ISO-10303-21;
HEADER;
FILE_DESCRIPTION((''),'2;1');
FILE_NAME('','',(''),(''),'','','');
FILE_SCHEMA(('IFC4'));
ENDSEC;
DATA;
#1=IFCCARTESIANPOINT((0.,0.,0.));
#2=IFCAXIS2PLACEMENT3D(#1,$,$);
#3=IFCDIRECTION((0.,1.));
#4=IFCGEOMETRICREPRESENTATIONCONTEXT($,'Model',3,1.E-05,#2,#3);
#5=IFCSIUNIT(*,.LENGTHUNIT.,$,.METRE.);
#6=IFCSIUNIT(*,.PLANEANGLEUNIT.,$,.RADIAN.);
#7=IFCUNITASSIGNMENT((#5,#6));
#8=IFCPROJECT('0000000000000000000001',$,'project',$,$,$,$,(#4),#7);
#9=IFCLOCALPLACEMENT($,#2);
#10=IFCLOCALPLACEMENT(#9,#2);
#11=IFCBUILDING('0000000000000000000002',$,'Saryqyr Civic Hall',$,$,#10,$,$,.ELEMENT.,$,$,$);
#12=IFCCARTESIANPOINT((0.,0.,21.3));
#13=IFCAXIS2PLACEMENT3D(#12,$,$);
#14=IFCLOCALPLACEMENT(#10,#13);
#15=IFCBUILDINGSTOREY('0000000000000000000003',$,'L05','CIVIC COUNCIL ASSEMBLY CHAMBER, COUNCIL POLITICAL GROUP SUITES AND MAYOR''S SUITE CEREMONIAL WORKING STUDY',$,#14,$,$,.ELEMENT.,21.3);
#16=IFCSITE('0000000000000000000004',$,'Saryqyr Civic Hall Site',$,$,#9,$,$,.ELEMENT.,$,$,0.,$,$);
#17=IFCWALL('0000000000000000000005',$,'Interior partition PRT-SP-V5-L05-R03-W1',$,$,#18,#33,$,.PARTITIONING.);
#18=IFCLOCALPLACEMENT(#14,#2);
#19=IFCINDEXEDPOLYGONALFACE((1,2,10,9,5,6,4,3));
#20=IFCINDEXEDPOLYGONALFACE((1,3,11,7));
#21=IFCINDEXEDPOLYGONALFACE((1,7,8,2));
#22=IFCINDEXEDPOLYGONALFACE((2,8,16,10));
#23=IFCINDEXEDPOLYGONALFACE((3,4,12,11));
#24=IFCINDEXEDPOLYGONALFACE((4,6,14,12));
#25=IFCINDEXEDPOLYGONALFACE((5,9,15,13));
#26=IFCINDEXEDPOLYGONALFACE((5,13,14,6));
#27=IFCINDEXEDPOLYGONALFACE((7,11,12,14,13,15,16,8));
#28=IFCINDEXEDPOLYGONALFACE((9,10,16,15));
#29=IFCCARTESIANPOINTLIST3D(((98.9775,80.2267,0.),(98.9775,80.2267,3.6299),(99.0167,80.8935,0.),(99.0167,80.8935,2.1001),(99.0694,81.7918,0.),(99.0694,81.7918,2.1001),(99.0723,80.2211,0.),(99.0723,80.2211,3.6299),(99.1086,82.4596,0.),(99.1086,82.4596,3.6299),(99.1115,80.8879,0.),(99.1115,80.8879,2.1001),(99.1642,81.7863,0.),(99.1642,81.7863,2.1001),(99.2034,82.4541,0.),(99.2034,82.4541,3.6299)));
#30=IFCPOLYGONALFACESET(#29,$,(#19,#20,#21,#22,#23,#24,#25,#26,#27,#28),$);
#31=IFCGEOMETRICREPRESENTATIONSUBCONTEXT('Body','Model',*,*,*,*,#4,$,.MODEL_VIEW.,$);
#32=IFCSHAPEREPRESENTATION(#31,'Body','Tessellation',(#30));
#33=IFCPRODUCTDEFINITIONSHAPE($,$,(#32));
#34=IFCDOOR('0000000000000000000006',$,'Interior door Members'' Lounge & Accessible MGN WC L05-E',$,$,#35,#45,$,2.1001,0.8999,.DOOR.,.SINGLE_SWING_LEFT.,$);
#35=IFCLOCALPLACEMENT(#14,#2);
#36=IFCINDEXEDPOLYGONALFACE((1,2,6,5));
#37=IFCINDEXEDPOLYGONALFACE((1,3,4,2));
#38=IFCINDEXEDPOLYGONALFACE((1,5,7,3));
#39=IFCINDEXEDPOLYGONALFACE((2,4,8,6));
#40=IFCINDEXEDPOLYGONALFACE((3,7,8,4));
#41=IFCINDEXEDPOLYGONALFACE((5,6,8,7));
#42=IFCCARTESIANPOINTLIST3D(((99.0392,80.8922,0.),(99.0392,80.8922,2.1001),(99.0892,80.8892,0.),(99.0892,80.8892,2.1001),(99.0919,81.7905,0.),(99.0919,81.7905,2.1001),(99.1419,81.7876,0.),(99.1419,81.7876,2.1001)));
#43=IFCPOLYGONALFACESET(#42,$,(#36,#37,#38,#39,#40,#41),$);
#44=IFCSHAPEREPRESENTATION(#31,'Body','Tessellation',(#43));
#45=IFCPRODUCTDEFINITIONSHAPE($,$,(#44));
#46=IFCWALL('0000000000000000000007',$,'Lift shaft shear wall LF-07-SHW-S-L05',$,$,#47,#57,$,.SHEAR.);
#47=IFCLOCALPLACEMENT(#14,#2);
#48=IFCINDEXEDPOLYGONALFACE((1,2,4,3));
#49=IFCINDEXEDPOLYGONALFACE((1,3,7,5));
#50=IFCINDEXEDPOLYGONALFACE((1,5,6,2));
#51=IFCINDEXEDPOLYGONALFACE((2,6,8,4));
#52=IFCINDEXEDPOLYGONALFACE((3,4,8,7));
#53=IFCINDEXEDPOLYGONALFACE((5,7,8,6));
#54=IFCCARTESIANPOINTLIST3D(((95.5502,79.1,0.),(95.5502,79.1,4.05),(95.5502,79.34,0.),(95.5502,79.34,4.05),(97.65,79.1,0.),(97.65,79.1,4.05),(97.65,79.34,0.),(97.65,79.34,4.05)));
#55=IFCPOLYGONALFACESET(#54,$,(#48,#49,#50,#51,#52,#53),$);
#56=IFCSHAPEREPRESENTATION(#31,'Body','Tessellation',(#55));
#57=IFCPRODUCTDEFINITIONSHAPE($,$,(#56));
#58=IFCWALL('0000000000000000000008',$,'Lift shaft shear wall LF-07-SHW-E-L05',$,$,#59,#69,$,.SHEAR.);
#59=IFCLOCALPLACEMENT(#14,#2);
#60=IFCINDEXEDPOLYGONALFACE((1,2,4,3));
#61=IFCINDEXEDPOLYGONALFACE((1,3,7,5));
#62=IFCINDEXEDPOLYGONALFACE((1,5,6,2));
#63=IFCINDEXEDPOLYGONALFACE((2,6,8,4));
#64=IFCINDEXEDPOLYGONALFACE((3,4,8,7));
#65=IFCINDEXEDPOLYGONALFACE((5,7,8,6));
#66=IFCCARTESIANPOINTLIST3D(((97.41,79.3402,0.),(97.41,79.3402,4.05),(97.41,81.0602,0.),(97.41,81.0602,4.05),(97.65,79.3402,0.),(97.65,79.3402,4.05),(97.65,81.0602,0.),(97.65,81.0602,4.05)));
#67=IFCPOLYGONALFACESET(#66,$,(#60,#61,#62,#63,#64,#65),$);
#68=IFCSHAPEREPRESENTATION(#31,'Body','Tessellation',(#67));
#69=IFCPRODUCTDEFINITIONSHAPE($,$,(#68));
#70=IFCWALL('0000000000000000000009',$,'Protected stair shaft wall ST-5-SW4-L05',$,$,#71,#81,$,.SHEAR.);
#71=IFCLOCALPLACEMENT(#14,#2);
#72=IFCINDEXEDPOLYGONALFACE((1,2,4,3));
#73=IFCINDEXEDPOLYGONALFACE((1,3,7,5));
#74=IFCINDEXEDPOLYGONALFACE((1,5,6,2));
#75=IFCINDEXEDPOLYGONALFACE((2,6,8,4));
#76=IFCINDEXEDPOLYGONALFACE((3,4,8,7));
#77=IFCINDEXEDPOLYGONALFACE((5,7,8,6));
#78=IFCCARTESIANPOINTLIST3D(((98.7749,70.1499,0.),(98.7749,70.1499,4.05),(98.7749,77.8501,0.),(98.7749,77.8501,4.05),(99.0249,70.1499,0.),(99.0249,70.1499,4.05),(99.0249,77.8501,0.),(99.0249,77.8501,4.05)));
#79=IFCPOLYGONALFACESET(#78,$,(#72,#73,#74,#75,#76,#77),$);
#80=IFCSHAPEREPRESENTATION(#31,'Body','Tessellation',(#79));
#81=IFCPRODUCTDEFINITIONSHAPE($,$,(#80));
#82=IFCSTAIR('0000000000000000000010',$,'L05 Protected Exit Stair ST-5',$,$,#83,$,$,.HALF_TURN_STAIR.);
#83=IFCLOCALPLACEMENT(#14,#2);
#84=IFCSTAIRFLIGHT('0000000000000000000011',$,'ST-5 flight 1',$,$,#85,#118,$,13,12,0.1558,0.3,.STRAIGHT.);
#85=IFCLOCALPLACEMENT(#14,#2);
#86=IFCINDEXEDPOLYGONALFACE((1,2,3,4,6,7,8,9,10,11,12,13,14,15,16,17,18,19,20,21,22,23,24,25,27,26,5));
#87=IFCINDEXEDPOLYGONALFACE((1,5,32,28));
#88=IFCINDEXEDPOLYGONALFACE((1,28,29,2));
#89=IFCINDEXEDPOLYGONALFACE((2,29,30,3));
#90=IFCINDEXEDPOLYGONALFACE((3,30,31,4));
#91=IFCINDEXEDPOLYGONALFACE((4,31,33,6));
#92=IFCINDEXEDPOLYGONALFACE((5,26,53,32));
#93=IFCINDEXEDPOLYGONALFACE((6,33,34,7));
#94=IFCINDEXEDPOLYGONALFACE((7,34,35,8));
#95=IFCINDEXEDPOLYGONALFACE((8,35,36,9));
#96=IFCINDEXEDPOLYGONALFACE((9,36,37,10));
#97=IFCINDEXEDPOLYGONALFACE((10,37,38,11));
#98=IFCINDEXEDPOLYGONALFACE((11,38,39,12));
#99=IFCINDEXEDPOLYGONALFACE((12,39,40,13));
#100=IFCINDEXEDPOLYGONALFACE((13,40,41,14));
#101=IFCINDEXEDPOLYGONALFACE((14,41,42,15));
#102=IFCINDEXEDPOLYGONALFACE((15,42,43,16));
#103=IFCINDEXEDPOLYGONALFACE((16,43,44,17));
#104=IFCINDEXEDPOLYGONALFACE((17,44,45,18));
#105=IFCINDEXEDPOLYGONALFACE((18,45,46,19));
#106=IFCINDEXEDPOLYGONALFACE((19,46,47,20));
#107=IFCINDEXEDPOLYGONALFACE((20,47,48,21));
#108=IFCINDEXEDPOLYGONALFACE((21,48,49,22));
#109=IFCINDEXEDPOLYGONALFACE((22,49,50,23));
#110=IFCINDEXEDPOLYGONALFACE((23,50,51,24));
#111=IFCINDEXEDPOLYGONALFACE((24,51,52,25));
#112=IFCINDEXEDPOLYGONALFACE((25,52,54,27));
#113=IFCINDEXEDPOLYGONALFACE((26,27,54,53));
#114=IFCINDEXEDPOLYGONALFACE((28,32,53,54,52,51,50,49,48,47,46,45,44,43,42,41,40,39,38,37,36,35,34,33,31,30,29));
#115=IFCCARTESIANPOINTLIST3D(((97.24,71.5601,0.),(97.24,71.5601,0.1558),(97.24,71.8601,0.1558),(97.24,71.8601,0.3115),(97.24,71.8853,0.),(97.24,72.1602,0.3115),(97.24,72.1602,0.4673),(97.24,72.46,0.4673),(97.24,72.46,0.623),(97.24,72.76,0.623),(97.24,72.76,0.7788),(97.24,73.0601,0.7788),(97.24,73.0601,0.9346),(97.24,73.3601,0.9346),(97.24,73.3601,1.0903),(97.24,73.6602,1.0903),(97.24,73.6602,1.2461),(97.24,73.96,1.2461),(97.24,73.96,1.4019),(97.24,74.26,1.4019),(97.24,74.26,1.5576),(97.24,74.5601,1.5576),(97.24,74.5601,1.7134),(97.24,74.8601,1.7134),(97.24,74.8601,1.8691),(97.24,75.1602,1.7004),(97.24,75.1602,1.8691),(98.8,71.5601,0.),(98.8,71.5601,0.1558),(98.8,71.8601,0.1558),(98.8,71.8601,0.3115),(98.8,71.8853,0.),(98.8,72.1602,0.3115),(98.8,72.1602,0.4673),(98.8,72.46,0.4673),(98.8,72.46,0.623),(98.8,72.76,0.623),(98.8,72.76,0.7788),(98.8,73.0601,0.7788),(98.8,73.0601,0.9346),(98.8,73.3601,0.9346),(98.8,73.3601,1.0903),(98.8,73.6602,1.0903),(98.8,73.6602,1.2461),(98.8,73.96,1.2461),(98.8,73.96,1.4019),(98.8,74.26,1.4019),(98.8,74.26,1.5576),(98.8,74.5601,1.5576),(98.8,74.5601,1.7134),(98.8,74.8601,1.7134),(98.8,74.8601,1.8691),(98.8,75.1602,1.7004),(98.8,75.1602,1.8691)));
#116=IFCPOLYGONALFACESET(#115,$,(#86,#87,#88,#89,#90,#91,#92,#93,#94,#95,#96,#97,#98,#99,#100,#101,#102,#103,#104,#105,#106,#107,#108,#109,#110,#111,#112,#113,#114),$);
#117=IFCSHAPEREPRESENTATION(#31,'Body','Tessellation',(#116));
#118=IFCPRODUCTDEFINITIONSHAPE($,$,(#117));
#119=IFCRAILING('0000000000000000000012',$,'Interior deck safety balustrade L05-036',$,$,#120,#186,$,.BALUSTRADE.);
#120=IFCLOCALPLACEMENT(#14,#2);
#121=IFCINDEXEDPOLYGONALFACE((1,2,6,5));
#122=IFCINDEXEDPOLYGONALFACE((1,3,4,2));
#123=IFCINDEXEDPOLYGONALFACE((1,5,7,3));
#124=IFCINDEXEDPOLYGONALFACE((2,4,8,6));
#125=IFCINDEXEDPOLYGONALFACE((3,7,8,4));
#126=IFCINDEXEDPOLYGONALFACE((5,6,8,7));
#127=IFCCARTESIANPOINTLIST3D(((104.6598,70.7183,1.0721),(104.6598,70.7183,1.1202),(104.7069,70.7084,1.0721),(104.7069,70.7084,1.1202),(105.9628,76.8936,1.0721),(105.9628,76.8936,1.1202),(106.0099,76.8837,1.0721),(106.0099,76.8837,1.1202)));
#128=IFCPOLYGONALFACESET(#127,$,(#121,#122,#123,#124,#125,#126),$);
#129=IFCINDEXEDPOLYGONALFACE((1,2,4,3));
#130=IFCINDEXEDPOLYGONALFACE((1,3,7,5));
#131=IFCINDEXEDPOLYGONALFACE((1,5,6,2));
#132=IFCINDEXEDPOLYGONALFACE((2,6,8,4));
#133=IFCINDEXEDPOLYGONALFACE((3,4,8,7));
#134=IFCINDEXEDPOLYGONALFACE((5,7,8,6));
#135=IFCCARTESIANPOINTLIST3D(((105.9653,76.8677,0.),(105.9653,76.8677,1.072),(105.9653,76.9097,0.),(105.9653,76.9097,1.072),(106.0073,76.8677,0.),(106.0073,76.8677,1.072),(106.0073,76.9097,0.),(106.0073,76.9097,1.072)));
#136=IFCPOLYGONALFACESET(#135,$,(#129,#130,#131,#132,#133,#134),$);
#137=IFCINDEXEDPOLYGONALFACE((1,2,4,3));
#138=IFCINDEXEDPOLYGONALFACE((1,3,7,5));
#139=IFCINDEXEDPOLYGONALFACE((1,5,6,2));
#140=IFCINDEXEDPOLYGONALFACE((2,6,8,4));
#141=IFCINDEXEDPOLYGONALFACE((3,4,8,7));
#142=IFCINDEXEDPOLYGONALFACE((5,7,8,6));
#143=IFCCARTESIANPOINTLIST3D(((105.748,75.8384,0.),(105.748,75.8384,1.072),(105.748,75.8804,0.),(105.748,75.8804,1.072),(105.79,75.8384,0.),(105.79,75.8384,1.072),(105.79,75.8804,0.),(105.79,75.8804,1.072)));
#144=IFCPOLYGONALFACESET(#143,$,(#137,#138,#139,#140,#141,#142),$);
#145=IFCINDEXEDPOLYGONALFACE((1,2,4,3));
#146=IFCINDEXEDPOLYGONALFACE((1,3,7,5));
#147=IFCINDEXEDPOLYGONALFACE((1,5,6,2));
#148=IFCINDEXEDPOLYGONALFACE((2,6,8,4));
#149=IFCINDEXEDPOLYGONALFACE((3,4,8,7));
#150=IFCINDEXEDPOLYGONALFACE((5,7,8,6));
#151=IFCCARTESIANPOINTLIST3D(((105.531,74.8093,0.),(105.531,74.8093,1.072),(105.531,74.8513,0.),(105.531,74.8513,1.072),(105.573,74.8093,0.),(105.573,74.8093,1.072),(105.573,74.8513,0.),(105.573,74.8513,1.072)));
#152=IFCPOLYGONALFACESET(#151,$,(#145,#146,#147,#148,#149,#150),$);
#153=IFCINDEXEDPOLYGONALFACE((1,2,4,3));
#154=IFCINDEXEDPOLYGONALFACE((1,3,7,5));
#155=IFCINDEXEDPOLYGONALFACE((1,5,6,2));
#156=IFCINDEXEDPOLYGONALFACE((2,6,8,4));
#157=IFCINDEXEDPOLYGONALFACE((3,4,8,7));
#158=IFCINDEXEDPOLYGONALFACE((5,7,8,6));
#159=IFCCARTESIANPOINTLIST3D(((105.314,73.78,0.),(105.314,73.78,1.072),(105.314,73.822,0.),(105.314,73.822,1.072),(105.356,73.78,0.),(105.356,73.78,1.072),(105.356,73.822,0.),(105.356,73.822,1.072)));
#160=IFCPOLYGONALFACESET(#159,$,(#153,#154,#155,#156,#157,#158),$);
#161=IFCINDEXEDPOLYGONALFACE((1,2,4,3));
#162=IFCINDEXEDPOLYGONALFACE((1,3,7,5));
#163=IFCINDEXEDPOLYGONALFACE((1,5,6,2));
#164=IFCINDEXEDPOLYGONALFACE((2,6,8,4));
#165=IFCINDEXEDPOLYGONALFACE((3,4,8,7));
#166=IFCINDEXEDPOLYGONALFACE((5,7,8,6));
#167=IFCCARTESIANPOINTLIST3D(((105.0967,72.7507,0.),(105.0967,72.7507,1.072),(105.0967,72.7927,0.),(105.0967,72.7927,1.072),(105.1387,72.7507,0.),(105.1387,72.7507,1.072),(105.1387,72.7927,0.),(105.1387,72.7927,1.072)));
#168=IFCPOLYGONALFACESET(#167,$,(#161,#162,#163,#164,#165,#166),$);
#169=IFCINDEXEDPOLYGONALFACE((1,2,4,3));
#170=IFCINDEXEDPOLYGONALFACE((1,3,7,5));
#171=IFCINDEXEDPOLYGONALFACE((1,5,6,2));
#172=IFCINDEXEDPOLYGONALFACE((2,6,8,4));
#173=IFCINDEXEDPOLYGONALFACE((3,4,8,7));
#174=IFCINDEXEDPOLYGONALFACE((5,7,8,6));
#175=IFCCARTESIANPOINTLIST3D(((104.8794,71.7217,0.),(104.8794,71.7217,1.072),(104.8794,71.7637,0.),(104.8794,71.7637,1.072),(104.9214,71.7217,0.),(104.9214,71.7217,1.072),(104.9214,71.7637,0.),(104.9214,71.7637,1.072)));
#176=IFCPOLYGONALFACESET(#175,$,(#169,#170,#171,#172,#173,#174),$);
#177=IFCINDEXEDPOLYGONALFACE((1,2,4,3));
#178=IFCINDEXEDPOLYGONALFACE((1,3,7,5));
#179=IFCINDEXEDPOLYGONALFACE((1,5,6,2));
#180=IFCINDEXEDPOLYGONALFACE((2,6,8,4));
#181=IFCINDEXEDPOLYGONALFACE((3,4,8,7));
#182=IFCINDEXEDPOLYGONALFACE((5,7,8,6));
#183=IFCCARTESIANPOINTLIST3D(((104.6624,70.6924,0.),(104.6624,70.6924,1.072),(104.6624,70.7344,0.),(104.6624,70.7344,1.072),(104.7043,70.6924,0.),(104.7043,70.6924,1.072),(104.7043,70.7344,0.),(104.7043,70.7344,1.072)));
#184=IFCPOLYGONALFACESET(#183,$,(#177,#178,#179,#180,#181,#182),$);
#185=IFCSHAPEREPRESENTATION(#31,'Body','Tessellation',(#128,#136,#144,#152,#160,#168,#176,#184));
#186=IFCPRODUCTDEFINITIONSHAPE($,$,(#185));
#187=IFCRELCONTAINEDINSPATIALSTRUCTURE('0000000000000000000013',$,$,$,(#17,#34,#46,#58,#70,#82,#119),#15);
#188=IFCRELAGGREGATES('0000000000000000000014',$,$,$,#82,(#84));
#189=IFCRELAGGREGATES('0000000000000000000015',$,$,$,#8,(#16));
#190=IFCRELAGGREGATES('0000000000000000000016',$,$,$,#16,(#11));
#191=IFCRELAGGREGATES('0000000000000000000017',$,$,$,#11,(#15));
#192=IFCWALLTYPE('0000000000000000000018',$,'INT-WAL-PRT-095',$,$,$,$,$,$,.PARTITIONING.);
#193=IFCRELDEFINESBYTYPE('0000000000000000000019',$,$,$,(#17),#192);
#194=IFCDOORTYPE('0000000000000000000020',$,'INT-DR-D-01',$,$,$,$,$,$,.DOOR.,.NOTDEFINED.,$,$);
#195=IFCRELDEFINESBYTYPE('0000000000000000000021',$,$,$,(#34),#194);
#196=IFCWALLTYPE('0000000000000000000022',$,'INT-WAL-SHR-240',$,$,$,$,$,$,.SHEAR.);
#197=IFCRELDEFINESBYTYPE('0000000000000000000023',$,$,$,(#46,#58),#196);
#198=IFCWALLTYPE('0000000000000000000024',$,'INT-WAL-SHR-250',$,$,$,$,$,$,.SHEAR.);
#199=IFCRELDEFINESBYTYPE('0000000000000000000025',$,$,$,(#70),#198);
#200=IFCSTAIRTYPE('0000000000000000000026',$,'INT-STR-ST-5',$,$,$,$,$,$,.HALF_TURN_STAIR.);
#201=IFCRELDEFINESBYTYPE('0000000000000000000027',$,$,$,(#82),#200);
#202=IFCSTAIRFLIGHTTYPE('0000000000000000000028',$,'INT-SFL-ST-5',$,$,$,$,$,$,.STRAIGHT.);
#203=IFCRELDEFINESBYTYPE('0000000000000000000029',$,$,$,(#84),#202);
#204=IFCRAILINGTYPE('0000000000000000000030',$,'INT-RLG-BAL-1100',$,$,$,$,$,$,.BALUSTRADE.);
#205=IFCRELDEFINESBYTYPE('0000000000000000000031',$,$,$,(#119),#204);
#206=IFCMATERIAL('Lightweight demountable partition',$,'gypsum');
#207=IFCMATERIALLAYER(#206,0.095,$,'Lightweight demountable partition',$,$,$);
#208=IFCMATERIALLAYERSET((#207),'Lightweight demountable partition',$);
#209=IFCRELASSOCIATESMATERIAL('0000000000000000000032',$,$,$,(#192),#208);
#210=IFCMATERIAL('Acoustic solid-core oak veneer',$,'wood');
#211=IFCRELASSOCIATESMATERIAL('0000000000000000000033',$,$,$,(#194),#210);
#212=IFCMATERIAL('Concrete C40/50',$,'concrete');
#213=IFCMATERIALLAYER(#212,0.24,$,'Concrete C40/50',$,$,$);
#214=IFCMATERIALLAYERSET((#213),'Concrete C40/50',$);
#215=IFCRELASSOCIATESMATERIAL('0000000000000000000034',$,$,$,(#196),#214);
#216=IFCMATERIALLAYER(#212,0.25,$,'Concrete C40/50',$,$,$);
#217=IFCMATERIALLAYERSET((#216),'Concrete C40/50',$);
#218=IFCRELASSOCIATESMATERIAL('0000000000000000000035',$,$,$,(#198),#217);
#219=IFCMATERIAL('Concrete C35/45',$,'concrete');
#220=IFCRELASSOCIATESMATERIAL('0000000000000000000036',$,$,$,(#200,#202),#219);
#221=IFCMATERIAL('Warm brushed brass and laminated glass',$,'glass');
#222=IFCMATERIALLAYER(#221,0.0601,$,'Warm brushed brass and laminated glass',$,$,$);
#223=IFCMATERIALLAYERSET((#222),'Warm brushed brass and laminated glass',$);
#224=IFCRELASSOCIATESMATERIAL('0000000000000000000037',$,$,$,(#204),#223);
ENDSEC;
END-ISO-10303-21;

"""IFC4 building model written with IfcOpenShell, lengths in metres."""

from ifc_helpers import new_model, si_unit, direction, frame, frame_2d, origin, origin_2d, place, context, subcontext, project, spatial, polyline, rectangle, outline, extrude, material, layer, layer_set, type_object, element, fill, aggregate, save


model = new_model("IFC4")

# Units and contexts
model_context = context("Model", 3, precision=1e-05, world=origin(), true_north=direction((0.0, 1.0)))
body_context = subcontext(model_context, "Body", "Model", "MODEL_VIEW")
ifc_project = project(units=[si_unit("LENGTHUNIT", "METRE"), si_unit("PLANEANGLEUNIT", "RADIAN")], contexts=[model_context])

# Site, building, storey
site_placement = place(None, origin())
site = spatial("IfcSite", under=ifc_project, at=site_placement, Name="Saryqyr Civic Hall Site", CompositionType="ELEMENT", RefElevation=0.0)
building_placement = place(site_placement, origin())
building = spatial("IfcBuilding", under=site, at=building_placement, Name="Saryqyr Civic Hall", CompositionType="ELEMENT")
storey_placement = place(building_placement, frame((0.0, 0.0, 21.3)))
storey = spatial("IfcBuildingStorey", under=building, at=storey_placement, Name="L05", Description="CIVIC COUNCIL ASSEMBLY CHAMBER, COUNCIL POLITICAL GROUP SUITES AND MAYOR'S SUITE CEREMONIAL WORKING STUDY", CompositionType="ELEMENT", Elevation=21.3)

# Shared definitions
ifc_material_1 = material(Name="Concrete C40/50", Category="concrete")
ifc_material_2 = material(Name="Concrete C35/45", Category="concrete")

# Wall, opening, door
ifc_material_3 = material(Name="Lightweight demountable partition", Category="gypsum")
ifc_layer_1 = layer(ifc_material_3, 0.095, Name="Lightweight demountable partition")
ifc_layer_set_1 = layer_set([ifc_layer_1], Name="Lightweight demountable partition")
wall_type_1 = type_object("IfcWallType", Name="INT-WAL-PRT-095", PredefinedType="PARTITIONING", material=ifc_layer_set_1)
wall_1_placement = place(storey_placement, frame((99.0249, 80.2239, 0.0), z_axis=(0.0, 0.0, 1.0), x_axis=(0.058613, 0.998281, 0.0)))
wall_1 = element("IfcWall", 1, at=wall_1_placement, inside=storey, type_object=wall_type_1, Name="Interior partition PRT-SP-V5-L05-R03-W1", PredefinedType="PARTITIONING", context=body_context, shape_type="SweptSolid", body=[
    extrude(rectangle(XDim=2.2368, YDim=0.095, at=frame_2d((1.1184, 0.0))), origin(), (0.0, 0.0, 1.0), 3.6299),
])
opening_1_placement = place(wall_1_placement, frame((0.668, 0.0, 0.0)))
opening_1 = element("IfcOpeningElement", 2, at=opening_1_placement, cuts=wall_1, PredefinedType="OPENING", context=body_context, shape_type="SweptSolid", body=[
    extrude(rectangle(XDim=0.8999, YDim=2.1001, at=frame_2d((0.45, 1.05))), frame((0.0, 0.0574, 0.0), z_axis=(0.0, -1.0, 0.0), x_axis=(1.0, 0.0, 0.0)), (0.0, 0.0, 1.0), 0.115),
])
ifc_material_4 = material(Name="Acoustic solid-core oak veneer", Category="wood")
door_type = type_object("IfcDoorType", Name="INT-DR-D-01", OperationType="NOTDEFINED", PredefinedType="DOOR", material=ifc_material_4)
door_placement = place(opening_1_placement, origin())
door = element("IfcDoor", 3, at=door_placement, inside=storey, type_object=door_type, Name="Interior door Members' Lounge & Accessible MGN WC L05-E", OperationType="SINGLE_SWING_LEFT", OverallHeight=2.1001, OverallWidth=0.8999, PredefinedType="DOOR", context=body_context, shape_type="SweptSolid", body=[
    extrude(rectangle(XDim=0.8999, YDim=2.1001, at=frame_2d((0.45, 1.05))), frame((0.0, 0.0249, 0.0), z_axis=(0.0, -1.0, 0.0), x_axis=(1.0, 0.0, 0.0)), (0.0, 0.0, 1.0), 0.05),
])
fill(opening_1, door)

# Walls
ifc_layer_2 = layer(ifc_material_1, 0.24, Name="Concrete C40/50")
ifc_layer_set_2 = layer_set([ifc_layer_2], Name="Concrete C40/50")
wall_type_2 = type_object("IfcWallType", Name="INT-WAL-SHR-240", PredefinedType="SHEAR", material=ifc_layer_set_2)
wall_2_placement = place(storey_placement, frame((97.6499, 79.22, 0.0), z_axis=(0.0, 0.0, 1.0), x_axis=(-1.0, 0.0, 0.0)))
element("IfcWall", 4, at=wall_2_placement, inside=storey, type_object=wall_type_2, Name="Lift shaft shear wall LF-07-SHW-S-L05", PredefinedType="SHEAR", context=body_context, shape_type="SweptSolid", body=[
    extrude(rectangle(XDim=2.0999, YDim=0.24, at=frame_2d((1.0498, 0.0))), origin(), (0.0, 0.0, 1.0), 4.05),
])
wall_3_placement = place(storey_placement, frame((97.53, 81.0601, 0.0), z_axis=(0.0, 0.0, 1.0), x_axis=(0.0, -1.0, 0.0)))
element("IfcWall", 5, at=wall_3_placement, inside=storey, type_object=wall_type_2, Name="Lift shaft shear wall LF-07-SHW-E-L05", PredefinedType="SHEAR", context=body_context, shape_type="SweptSolid", body=[
    extrude(rectangle(XDim=1.72, YDim=0.24, at=frame_2d((0.8599, 0.0))), origin(), (0.0, 0.0, 1.0), 4.05),
])
ifc_layer_3 = layer(ifc_material_1, 0.25, Name="Concrete C40/50")
ifc_layer_set_3 = layer_set([ifc_layer_3], Name="Concrete C40/50")
wall_type_3 = type_object("IfcWallType", Name="INT-WAL-SHR-250", PredefinedType="SHEAR", material=ifc_layer_set_3)
wall_4_placement = place(storey_placement, frame((98.8999, 77.8501, 0.0), z_axis=(0.0, 0.0, 1.0), x_axis=(0.0, -1.0, 0.0)))
element("IfcWall", 6, at=wall_4_placement, inside=storey, type_object=wall_type_3, Name="Protected stair shaft wall ST-5-SW4-L05", PredefinedType="SHEAR", context=body_context, shape_type="SweptSolid", body=[
    extrude(rectangle(XDim=7.7002, YDim=0.25, at=frame_2d((3.8501, 0.0))), origin(), (0.0, 0.0, 1.0), 4.05),
])

# Stair, stair flight
stair_type = type_object("IfcStairType", Name="INT-STR-ST-5", PredefinedType="HALF_TURN_STAIR", material=ifc_material_2)
stair_placement = place(storey_placement, origin())
stair = element("IfcStair", 7, at=stair_placement, inside=storey, type_object=stair_type, Name="L05 Protected Exit Stair ST-5", PredefinedType="HALF_TURN_STAIR")
stair_flight_type = type_object("IfcStairFlightType", Name="INT-SFL-ST-5", PredefinedType="STRAIGHT", material=ifc_material_2)
stair_flight_placement = place(storey_placement, frame((98.02, 71.5601, 0.0), z_axis=(0.0, 0.0, 1.0), x_axis=(0.0, 1.0, 0.0)))
stair_flight = element("IfcStairFlight", 8, at=stair_flight_placement, type_object=stair_flight_type, Name="ST-5 flight 1", NumberOfRisers=13, NumberOfTreads=12, PredefinedType="STRAIGHT", RiserHeight=0.1558, TreadLength=0.3, context=body_context, shape_type="SweptSolid", body=[
    extrude(outline(polyline([(0.0, 0.0), (0.0, 0.1558), (0.3, 0.1558), (0.3, 0.3115), (0.6001, 0.3115), (0.6001, 0.4673), (0.8999, 0.4673), (0.8999, 0.623), (1.2, 0.623), (1.2, 0.7788), (1.5, 0.7788), (1.5, 0.9346), (1.8, 0.9346), (1.8, 1.0903), (2.1001, 1.0903), (2.1001, 1.2461), (2.3999, 1.2461), (2.3999, 1.4019), (2.7, 1.4019), (2.7, 1.5576), (3.0, 1.5576), (3.0, 1.7134), (3.3, 1.7134), (3.3, 1.8691), (3.6001, 1.8691), (3.6001, 2.0249), (3.6001, 1.7004), (0.3252, 0.0), (0.0, 0.0)])), frame((0.0, 0.78, 0.0), z_axis=(0.0, -1.0, 0.0), x_axis=(1.0, 0.0, 0.0)), (0.0, 0.0, 1.0), 1.5601),
])
aggregate(stair, [stair_flight])

# Railing
ifc_material_5 = material(Name="Warm brushed brass and laminated glass", Category="glass")
ifc_layer_4 = layer(ifc_material_5, 0.0601, Name="Warm brushed brass and laminated glass")
ifc_layer_set_4 = layer_set([ifc_layer_4], Name="Warm brushed brass and laminated glass")
railing_type_1 = type_object("IfcRailingType", Name="INT-RLG-BAL-1100", PredefinedType="BALUSTRADE", material=ifc_layer_set_4)
railing_1_placement = place(storey_placement, frame((105.9863, 76.8887, 0.0)))
element("IfcRailing", 9, at=railing_1_placement, inside=storey, type_object=railing_type_1, Name="Interior deck safety balustrade L05-036", PredefinedType="BALUSTRADE", context=body_context, shape_type="SweptSolid", body=[
    extrude(rectangle(XDim=0.0481, YDim=0.0481, at=origin_2d()), frame((0.0, 0.0, 1.0962), z_axis=(-0.206453, -0.978457, 0.0), x_axis=(0.978457, -0.206453, 0.0)), (0.0, 0.0, 1.0), 6.3113),
    extrude(rectangle(XDim=0.042, YDim=0.042, at=origin_2d()), origin(), (0.0, 0.0, 1.0), 1.072),
    extrude(rectangle(XDim=0.042, YDim=0.042, at=origin_2d()), frame((-0.2173, -1.0293, 0.0)), (0.0, 0.0, 1.0), 1.072),
    extrude(rectangle(XDim=0.042, YDim=0.042, at=origin_2d()), frame((-0.4343, -2.0583, 0.0)), (0.0, 0.0, 1.0), 1.072),
    extrude(rectangle(XDim=0.042, YDim=0.042, at=origin_2d()), frame((-0.6514, -3.0876, 0.0)), (0.0, 0.0, 1.0), 1.072),
    extrude(rectangle(XDim=0.042, YDim=0.042, at=origin_2d()), frame((-0.8687, -4.1169, 0.0)), (0.0, 0.0, 1.0), 1.072),
    extrude(rectangle(XDim=0.042, YDim=0.042, at=origin_2d()), frame((-1.0859, -5.146, 0.0)), (0.0, 0.0, 1.0), 1.072),
    extrude(rectangle(XDim=0.042, YDim=0.042, at=origin_2d()), frame((-1.303, -6.1753, 0.0)), (0.0, 0.0, 1.0), 1.072),
])

save(model, "model.ifc")
